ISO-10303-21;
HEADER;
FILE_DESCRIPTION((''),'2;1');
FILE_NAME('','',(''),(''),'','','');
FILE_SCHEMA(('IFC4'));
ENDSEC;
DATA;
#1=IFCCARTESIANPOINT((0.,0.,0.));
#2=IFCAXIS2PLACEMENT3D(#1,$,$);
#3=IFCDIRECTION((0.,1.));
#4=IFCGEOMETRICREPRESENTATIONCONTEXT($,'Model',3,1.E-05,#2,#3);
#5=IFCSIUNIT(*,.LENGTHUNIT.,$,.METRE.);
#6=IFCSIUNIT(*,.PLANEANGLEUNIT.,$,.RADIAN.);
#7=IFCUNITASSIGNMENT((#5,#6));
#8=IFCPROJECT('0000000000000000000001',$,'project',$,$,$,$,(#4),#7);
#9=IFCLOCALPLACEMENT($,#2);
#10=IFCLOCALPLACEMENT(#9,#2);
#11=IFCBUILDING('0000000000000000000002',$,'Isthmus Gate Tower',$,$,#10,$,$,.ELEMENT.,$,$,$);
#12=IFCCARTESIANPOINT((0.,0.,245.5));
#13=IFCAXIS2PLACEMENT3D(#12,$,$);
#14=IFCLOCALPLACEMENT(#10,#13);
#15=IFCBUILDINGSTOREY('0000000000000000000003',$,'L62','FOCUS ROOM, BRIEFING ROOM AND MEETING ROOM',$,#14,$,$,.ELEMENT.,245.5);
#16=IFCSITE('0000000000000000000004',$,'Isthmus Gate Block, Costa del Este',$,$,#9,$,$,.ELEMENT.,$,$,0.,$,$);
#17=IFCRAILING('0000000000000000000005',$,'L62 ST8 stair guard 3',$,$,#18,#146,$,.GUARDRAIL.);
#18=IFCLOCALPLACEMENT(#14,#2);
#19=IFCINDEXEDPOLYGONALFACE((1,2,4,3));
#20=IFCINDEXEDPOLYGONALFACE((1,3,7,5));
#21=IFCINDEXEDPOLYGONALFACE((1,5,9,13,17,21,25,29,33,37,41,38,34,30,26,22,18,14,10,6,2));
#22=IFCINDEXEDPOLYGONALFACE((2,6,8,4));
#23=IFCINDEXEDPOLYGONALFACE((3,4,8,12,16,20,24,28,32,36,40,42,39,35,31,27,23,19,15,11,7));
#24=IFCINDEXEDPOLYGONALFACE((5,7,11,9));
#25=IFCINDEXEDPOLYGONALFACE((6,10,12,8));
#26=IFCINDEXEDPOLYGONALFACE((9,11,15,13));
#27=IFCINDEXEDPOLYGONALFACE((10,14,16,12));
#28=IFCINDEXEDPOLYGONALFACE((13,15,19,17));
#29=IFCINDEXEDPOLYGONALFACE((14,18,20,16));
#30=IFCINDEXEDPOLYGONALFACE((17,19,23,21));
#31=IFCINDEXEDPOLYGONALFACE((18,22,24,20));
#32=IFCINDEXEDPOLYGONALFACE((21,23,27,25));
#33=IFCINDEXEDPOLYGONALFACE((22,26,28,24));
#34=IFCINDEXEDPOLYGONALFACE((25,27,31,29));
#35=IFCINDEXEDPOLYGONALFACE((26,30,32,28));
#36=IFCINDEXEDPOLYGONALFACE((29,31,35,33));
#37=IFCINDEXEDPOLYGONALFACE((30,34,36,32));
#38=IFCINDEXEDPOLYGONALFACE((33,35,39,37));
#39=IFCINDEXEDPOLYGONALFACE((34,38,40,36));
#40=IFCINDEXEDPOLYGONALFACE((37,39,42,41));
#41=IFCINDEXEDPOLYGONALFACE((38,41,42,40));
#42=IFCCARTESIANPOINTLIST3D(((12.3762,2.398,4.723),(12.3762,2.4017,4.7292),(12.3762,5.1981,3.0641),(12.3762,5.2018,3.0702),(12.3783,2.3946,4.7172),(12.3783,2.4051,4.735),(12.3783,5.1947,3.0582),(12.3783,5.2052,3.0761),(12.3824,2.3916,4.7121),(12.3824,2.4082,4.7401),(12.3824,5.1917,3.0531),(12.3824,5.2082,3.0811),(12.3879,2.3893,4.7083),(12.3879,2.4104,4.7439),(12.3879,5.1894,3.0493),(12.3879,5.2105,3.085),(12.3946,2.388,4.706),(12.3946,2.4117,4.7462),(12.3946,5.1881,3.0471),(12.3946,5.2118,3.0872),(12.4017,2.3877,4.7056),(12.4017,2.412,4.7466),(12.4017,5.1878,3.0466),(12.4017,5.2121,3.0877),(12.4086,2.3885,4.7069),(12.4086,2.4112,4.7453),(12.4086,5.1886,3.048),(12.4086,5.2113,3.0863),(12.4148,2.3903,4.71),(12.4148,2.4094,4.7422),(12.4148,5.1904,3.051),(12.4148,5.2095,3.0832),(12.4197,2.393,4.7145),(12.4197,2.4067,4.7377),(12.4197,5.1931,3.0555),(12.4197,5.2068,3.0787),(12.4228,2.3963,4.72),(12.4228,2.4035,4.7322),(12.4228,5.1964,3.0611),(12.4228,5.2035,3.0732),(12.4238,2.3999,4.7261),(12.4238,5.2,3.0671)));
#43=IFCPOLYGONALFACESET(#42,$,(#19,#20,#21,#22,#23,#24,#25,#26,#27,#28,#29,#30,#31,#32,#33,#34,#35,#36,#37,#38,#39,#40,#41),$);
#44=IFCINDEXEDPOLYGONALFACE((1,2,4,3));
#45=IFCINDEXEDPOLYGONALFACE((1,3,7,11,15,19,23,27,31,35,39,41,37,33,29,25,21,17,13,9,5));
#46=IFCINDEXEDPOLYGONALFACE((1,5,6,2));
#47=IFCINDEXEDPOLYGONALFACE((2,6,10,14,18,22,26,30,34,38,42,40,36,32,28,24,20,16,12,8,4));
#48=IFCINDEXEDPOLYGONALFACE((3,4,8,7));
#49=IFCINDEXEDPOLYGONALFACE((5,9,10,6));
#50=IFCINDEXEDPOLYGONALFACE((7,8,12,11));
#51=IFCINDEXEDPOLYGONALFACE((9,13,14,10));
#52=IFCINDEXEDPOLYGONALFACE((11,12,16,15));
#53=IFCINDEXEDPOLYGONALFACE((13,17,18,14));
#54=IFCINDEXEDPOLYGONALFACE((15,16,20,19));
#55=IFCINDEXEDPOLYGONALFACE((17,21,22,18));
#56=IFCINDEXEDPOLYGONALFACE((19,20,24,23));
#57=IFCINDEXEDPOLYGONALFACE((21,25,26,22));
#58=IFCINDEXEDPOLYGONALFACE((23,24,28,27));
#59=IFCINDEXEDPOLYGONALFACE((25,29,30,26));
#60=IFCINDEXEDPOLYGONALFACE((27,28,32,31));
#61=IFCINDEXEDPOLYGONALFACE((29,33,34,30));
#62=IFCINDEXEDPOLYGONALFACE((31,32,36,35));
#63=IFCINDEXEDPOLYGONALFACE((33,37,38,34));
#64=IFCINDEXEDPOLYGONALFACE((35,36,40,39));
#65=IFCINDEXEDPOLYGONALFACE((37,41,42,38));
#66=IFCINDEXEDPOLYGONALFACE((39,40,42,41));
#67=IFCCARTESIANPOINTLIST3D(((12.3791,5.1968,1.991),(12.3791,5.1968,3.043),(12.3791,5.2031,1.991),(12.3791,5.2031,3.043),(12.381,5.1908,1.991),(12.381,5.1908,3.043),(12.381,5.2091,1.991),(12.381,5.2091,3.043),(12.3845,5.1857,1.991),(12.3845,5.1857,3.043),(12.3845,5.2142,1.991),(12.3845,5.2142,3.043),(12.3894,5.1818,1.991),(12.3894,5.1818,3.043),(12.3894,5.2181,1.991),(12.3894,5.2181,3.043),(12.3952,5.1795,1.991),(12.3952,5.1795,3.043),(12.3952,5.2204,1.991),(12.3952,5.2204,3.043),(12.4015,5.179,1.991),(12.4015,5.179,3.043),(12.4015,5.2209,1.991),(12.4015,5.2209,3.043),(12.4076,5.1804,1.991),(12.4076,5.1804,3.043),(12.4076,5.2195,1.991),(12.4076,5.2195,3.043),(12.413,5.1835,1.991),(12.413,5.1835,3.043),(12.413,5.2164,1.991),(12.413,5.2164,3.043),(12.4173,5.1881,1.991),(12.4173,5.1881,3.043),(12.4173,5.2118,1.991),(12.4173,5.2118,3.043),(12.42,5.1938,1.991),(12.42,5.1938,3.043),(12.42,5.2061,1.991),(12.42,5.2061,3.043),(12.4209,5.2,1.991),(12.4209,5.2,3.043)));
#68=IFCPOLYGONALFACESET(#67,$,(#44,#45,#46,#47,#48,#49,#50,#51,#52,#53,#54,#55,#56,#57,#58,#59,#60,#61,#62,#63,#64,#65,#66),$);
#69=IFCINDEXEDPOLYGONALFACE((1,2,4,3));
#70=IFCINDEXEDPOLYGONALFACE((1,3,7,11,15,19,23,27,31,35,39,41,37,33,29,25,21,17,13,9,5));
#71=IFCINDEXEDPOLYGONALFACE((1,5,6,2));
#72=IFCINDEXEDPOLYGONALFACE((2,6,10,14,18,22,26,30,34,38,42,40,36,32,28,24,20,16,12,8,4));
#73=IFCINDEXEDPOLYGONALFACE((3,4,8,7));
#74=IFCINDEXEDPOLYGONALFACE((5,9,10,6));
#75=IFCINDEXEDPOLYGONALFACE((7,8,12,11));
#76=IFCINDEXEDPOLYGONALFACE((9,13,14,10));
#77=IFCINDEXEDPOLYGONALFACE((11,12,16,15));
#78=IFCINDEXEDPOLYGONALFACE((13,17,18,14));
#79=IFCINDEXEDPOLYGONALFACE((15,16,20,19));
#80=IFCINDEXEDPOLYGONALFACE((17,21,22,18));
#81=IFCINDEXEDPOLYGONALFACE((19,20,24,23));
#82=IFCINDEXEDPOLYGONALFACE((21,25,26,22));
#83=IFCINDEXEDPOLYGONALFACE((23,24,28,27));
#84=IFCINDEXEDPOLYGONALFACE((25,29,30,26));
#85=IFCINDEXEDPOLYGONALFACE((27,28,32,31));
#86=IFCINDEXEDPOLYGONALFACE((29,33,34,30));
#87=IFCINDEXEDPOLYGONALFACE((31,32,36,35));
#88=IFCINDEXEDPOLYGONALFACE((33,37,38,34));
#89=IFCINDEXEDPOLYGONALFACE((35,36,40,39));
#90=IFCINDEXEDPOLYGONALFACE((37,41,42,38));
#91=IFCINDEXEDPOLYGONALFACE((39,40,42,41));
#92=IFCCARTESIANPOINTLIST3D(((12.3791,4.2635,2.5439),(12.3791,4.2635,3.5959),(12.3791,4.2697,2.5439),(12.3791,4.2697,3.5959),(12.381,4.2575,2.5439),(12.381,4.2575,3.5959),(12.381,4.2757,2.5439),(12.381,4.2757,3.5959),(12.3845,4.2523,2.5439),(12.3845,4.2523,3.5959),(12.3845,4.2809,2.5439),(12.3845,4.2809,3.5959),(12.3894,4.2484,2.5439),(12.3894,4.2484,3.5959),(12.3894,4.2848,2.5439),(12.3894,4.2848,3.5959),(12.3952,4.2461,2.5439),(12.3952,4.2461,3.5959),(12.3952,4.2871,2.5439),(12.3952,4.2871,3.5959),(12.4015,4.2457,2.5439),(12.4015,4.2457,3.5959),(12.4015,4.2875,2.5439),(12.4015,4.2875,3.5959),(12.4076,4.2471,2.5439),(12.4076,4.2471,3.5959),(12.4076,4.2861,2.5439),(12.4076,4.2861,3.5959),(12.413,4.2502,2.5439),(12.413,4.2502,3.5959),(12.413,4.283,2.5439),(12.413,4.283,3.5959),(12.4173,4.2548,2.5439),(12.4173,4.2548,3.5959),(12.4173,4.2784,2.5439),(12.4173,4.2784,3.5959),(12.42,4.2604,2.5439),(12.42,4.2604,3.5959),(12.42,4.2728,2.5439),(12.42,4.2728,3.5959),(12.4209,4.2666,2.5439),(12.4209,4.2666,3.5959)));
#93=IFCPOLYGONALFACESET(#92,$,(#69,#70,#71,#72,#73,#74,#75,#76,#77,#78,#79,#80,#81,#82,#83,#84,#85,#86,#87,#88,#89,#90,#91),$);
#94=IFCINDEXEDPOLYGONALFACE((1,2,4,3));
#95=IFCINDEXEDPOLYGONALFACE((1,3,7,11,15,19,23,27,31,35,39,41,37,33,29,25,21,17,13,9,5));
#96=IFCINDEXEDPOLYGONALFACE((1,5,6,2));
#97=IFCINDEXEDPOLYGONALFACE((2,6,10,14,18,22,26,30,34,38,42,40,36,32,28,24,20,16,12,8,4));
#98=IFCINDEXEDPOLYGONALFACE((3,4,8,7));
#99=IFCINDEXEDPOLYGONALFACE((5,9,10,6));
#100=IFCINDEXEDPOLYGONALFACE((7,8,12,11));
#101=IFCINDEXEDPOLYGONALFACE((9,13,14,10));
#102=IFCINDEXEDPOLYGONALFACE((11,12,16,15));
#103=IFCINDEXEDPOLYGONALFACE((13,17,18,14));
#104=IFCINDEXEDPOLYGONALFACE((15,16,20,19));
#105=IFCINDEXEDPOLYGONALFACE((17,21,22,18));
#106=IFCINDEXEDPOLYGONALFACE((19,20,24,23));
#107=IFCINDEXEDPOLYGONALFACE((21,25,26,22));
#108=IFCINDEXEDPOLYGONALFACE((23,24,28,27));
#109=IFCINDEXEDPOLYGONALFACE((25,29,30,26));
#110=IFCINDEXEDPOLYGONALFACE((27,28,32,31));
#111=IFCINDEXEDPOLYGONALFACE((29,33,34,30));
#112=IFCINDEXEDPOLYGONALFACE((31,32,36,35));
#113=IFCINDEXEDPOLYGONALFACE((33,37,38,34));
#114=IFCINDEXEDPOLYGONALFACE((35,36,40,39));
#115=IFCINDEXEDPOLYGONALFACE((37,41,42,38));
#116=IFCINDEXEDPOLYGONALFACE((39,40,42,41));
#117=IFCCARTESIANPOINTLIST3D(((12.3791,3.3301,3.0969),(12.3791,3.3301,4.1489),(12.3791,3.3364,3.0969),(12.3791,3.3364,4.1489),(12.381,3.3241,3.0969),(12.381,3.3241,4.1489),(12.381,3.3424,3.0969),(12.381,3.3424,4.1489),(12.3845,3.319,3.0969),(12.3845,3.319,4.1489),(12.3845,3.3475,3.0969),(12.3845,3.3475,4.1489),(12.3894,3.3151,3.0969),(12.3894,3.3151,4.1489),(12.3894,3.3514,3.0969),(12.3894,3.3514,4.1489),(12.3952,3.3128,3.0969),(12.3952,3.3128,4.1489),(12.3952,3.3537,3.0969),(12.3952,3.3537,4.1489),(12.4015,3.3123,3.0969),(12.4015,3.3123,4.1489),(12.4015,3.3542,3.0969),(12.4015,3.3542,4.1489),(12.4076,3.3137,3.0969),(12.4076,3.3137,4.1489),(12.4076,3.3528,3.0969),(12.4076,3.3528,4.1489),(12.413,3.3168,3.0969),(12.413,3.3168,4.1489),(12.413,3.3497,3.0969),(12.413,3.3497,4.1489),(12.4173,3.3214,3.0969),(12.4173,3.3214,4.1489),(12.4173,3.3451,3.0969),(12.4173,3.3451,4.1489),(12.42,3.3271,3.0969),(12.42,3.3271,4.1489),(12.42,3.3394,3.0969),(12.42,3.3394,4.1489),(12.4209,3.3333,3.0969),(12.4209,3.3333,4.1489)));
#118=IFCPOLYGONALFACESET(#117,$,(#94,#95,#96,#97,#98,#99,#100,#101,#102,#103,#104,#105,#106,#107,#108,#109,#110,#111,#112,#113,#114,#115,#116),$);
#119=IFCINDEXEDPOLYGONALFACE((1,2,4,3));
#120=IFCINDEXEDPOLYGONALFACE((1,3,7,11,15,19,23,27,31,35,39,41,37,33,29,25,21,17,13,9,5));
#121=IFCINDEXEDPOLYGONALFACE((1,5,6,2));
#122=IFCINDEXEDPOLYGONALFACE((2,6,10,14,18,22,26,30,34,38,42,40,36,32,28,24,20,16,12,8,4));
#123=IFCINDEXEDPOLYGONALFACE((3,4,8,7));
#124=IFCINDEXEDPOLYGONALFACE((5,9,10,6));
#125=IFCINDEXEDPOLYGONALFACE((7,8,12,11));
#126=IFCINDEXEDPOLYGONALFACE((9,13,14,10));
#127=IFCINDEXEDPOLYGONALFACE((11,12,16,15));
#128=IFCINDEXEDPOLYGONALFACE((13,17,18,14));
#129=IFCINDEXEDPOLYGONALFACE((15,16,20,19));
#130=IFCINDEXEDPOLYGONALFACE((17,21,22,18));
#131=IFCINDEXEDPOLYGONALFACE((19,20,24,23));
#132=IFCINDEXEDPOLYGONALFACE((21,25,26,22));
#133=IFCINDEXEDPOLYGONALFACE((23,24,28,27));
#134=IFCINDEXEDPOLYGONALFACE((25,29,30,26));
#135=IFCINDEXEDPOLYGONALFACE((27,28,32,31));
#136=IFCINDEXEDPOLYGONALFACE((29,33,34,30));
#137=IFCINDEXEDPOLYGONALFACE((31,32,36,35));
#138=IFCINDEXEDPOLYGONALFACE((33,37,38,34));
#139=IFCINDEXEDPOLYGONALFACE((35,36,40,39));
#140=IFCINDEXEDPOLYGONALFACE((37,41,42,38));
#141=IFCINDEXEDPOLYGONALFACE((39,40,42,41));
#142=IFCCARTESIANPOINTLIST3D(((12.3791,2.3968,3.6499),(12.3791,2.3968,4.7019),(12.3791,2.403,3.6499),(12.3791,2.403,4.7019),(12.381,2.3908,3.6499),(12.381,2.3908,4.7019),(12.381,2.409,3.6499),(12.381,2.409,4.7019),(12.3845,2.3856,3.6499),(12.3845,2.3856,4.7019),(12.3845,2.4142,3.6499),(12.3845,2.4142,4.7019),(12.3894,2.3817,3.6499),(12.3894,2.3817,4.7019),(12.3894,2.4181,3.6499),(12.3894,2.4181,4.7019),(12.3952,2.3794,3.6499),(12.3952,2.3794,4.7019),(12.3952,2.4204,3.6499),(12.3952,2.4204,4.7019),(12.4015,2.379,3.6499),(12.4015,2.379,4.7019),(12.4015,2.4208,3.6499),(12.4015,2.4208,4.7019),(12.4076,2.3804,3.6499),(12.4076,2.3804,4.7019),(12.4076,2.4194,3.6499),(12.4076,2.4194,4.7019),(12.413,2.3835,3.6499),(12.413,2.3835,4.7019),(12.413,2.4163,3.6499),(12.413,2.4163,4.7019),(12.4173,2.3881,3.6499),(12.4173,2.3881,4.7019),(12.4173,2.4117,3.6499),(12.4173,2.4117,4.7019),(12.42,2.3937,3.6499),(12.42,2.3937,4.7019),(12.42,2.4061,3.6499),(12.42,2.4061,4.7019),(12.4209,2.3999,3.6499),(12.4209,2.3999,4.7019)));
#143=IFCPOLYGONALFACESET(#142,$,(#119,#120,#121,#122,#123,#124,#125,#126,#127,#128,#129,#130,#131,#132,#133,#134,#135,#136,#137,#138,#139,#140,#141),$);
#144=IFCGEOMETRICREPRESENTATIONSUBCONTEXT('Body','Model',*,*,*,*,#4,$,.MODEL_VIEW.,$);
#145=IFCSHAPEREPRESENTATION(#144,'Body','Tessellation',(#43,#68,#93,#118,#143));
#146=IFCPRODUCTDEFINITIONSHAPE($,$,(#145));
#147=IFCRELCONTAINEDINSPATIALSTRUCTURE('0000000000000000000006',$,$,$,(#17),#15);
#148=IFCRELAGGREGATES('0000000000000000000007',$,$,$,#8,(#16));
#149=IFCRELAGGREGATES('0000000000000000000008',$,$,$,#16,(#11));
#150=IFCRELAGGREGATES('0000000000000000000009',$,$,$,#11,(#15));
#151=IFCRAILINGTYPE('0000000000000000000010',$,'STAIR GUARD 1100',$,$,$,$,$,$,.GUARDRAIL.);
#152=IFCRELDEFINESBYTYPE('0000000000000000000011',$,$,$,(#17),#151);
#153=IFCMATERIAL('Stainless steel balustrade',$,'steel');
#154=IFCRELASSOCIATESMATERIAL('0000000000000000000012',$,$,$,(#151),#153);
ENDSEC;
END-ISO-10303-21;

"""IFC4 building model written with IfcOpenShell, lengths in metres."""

from ifc_helpers import new_model, si_unit, direction, frame, origin, origin_2d, place, context, subcontext, project, spatial, circle, extrude, material, type_object, element, save


model = new_model("IFC4")

# Units and contexts
model_context = context("Model", 3, precision=1e-05, world=origin(), true_north=direction((0.0, 1.0)))
body_context = subcontext(model_context, "Body", "Model", "MODEL_VIEW")
ifc_project = project(units=[si_unit("LENGTHUNIT", "METRE"), si_unit("PLANEANGLEUNIT", "RADIAN")], contexts=[model_context])

# Site, building, storey
site_placement = place(None, origin())
site = spatial("IfcSite", under=ifc_project, at=site_placement, Name="Isthmus Gate Block, Costa del Este", CompositionType="ELEMENT", RefElevation=0.0)
building_placement = place(site_placement, origin())
building = spatial("IfcBuilding", under=site, at=building_placement, Name="Isthmus Gate Tower", CompositionType="ELEMENT")
storey_placement = place(building_placement, frame((0.0, 0.0, 245.5)))
storey = spatial("IfcBuildingStorey", under=building, at=storey_placement, Name="L62", Description="FOCUS ROOM, BRIEFING ROOM AND MEETING ROOM", CompositionType="ELEMENT", Elevation=245.5)

# Railing
ifc_material_1 = material(Name="Stainless steel balustrade", Category="steel")
railing_type_1 = type_object("IfcRailingType", Name="STAIR GUARD 1100", PredefinedType="GUARDRAIL", material=ifc_material_1)
railing_placement = place(storey_placement, frame((12.3999, 5.2, 1.991)))
element("IfcRailing", 1, at=railing_placement, inside=storey, type_object=railing_type_1, Name="L62 ST8 stair guard 3", PredefinedType="GUARDRAIL", context=body_context, shape_type="SweptSolid", body=[
    extrude(circle(Radius=0.0239, at=origin_2d()), frame((0.0, 0.0, 1.0762), z_axis=(0.0, -0.860339, 0.509722), x_axis=(1.0, 0.0, 0.0)), (0.0, 0.0, 1.0), 3.2546),
    extrude(circle(Radius=0.021, at=origin_2d()), origin(), (0.0, 0.0, 1.0), 1.052),
    extrude(circle(Radius=0.021, at=origin_2d()), frame((0.0, -0.9333, 0.553)), (0.0, 0.0, 1.0), 1.052),
    extrude(circle(Radius=0.021, at=origin_2d()), frame((0.0, -1.8667, 1.106)), (0.0, 0.0, 1.0), 1.052),
    extrude(circle(Radius=0.021, at=origin_2d()), frame((0.0, -2.8, 1.6589)), (0.0, 0.0, 1.0), 1.052),
])

save(model, "model.ifc")
